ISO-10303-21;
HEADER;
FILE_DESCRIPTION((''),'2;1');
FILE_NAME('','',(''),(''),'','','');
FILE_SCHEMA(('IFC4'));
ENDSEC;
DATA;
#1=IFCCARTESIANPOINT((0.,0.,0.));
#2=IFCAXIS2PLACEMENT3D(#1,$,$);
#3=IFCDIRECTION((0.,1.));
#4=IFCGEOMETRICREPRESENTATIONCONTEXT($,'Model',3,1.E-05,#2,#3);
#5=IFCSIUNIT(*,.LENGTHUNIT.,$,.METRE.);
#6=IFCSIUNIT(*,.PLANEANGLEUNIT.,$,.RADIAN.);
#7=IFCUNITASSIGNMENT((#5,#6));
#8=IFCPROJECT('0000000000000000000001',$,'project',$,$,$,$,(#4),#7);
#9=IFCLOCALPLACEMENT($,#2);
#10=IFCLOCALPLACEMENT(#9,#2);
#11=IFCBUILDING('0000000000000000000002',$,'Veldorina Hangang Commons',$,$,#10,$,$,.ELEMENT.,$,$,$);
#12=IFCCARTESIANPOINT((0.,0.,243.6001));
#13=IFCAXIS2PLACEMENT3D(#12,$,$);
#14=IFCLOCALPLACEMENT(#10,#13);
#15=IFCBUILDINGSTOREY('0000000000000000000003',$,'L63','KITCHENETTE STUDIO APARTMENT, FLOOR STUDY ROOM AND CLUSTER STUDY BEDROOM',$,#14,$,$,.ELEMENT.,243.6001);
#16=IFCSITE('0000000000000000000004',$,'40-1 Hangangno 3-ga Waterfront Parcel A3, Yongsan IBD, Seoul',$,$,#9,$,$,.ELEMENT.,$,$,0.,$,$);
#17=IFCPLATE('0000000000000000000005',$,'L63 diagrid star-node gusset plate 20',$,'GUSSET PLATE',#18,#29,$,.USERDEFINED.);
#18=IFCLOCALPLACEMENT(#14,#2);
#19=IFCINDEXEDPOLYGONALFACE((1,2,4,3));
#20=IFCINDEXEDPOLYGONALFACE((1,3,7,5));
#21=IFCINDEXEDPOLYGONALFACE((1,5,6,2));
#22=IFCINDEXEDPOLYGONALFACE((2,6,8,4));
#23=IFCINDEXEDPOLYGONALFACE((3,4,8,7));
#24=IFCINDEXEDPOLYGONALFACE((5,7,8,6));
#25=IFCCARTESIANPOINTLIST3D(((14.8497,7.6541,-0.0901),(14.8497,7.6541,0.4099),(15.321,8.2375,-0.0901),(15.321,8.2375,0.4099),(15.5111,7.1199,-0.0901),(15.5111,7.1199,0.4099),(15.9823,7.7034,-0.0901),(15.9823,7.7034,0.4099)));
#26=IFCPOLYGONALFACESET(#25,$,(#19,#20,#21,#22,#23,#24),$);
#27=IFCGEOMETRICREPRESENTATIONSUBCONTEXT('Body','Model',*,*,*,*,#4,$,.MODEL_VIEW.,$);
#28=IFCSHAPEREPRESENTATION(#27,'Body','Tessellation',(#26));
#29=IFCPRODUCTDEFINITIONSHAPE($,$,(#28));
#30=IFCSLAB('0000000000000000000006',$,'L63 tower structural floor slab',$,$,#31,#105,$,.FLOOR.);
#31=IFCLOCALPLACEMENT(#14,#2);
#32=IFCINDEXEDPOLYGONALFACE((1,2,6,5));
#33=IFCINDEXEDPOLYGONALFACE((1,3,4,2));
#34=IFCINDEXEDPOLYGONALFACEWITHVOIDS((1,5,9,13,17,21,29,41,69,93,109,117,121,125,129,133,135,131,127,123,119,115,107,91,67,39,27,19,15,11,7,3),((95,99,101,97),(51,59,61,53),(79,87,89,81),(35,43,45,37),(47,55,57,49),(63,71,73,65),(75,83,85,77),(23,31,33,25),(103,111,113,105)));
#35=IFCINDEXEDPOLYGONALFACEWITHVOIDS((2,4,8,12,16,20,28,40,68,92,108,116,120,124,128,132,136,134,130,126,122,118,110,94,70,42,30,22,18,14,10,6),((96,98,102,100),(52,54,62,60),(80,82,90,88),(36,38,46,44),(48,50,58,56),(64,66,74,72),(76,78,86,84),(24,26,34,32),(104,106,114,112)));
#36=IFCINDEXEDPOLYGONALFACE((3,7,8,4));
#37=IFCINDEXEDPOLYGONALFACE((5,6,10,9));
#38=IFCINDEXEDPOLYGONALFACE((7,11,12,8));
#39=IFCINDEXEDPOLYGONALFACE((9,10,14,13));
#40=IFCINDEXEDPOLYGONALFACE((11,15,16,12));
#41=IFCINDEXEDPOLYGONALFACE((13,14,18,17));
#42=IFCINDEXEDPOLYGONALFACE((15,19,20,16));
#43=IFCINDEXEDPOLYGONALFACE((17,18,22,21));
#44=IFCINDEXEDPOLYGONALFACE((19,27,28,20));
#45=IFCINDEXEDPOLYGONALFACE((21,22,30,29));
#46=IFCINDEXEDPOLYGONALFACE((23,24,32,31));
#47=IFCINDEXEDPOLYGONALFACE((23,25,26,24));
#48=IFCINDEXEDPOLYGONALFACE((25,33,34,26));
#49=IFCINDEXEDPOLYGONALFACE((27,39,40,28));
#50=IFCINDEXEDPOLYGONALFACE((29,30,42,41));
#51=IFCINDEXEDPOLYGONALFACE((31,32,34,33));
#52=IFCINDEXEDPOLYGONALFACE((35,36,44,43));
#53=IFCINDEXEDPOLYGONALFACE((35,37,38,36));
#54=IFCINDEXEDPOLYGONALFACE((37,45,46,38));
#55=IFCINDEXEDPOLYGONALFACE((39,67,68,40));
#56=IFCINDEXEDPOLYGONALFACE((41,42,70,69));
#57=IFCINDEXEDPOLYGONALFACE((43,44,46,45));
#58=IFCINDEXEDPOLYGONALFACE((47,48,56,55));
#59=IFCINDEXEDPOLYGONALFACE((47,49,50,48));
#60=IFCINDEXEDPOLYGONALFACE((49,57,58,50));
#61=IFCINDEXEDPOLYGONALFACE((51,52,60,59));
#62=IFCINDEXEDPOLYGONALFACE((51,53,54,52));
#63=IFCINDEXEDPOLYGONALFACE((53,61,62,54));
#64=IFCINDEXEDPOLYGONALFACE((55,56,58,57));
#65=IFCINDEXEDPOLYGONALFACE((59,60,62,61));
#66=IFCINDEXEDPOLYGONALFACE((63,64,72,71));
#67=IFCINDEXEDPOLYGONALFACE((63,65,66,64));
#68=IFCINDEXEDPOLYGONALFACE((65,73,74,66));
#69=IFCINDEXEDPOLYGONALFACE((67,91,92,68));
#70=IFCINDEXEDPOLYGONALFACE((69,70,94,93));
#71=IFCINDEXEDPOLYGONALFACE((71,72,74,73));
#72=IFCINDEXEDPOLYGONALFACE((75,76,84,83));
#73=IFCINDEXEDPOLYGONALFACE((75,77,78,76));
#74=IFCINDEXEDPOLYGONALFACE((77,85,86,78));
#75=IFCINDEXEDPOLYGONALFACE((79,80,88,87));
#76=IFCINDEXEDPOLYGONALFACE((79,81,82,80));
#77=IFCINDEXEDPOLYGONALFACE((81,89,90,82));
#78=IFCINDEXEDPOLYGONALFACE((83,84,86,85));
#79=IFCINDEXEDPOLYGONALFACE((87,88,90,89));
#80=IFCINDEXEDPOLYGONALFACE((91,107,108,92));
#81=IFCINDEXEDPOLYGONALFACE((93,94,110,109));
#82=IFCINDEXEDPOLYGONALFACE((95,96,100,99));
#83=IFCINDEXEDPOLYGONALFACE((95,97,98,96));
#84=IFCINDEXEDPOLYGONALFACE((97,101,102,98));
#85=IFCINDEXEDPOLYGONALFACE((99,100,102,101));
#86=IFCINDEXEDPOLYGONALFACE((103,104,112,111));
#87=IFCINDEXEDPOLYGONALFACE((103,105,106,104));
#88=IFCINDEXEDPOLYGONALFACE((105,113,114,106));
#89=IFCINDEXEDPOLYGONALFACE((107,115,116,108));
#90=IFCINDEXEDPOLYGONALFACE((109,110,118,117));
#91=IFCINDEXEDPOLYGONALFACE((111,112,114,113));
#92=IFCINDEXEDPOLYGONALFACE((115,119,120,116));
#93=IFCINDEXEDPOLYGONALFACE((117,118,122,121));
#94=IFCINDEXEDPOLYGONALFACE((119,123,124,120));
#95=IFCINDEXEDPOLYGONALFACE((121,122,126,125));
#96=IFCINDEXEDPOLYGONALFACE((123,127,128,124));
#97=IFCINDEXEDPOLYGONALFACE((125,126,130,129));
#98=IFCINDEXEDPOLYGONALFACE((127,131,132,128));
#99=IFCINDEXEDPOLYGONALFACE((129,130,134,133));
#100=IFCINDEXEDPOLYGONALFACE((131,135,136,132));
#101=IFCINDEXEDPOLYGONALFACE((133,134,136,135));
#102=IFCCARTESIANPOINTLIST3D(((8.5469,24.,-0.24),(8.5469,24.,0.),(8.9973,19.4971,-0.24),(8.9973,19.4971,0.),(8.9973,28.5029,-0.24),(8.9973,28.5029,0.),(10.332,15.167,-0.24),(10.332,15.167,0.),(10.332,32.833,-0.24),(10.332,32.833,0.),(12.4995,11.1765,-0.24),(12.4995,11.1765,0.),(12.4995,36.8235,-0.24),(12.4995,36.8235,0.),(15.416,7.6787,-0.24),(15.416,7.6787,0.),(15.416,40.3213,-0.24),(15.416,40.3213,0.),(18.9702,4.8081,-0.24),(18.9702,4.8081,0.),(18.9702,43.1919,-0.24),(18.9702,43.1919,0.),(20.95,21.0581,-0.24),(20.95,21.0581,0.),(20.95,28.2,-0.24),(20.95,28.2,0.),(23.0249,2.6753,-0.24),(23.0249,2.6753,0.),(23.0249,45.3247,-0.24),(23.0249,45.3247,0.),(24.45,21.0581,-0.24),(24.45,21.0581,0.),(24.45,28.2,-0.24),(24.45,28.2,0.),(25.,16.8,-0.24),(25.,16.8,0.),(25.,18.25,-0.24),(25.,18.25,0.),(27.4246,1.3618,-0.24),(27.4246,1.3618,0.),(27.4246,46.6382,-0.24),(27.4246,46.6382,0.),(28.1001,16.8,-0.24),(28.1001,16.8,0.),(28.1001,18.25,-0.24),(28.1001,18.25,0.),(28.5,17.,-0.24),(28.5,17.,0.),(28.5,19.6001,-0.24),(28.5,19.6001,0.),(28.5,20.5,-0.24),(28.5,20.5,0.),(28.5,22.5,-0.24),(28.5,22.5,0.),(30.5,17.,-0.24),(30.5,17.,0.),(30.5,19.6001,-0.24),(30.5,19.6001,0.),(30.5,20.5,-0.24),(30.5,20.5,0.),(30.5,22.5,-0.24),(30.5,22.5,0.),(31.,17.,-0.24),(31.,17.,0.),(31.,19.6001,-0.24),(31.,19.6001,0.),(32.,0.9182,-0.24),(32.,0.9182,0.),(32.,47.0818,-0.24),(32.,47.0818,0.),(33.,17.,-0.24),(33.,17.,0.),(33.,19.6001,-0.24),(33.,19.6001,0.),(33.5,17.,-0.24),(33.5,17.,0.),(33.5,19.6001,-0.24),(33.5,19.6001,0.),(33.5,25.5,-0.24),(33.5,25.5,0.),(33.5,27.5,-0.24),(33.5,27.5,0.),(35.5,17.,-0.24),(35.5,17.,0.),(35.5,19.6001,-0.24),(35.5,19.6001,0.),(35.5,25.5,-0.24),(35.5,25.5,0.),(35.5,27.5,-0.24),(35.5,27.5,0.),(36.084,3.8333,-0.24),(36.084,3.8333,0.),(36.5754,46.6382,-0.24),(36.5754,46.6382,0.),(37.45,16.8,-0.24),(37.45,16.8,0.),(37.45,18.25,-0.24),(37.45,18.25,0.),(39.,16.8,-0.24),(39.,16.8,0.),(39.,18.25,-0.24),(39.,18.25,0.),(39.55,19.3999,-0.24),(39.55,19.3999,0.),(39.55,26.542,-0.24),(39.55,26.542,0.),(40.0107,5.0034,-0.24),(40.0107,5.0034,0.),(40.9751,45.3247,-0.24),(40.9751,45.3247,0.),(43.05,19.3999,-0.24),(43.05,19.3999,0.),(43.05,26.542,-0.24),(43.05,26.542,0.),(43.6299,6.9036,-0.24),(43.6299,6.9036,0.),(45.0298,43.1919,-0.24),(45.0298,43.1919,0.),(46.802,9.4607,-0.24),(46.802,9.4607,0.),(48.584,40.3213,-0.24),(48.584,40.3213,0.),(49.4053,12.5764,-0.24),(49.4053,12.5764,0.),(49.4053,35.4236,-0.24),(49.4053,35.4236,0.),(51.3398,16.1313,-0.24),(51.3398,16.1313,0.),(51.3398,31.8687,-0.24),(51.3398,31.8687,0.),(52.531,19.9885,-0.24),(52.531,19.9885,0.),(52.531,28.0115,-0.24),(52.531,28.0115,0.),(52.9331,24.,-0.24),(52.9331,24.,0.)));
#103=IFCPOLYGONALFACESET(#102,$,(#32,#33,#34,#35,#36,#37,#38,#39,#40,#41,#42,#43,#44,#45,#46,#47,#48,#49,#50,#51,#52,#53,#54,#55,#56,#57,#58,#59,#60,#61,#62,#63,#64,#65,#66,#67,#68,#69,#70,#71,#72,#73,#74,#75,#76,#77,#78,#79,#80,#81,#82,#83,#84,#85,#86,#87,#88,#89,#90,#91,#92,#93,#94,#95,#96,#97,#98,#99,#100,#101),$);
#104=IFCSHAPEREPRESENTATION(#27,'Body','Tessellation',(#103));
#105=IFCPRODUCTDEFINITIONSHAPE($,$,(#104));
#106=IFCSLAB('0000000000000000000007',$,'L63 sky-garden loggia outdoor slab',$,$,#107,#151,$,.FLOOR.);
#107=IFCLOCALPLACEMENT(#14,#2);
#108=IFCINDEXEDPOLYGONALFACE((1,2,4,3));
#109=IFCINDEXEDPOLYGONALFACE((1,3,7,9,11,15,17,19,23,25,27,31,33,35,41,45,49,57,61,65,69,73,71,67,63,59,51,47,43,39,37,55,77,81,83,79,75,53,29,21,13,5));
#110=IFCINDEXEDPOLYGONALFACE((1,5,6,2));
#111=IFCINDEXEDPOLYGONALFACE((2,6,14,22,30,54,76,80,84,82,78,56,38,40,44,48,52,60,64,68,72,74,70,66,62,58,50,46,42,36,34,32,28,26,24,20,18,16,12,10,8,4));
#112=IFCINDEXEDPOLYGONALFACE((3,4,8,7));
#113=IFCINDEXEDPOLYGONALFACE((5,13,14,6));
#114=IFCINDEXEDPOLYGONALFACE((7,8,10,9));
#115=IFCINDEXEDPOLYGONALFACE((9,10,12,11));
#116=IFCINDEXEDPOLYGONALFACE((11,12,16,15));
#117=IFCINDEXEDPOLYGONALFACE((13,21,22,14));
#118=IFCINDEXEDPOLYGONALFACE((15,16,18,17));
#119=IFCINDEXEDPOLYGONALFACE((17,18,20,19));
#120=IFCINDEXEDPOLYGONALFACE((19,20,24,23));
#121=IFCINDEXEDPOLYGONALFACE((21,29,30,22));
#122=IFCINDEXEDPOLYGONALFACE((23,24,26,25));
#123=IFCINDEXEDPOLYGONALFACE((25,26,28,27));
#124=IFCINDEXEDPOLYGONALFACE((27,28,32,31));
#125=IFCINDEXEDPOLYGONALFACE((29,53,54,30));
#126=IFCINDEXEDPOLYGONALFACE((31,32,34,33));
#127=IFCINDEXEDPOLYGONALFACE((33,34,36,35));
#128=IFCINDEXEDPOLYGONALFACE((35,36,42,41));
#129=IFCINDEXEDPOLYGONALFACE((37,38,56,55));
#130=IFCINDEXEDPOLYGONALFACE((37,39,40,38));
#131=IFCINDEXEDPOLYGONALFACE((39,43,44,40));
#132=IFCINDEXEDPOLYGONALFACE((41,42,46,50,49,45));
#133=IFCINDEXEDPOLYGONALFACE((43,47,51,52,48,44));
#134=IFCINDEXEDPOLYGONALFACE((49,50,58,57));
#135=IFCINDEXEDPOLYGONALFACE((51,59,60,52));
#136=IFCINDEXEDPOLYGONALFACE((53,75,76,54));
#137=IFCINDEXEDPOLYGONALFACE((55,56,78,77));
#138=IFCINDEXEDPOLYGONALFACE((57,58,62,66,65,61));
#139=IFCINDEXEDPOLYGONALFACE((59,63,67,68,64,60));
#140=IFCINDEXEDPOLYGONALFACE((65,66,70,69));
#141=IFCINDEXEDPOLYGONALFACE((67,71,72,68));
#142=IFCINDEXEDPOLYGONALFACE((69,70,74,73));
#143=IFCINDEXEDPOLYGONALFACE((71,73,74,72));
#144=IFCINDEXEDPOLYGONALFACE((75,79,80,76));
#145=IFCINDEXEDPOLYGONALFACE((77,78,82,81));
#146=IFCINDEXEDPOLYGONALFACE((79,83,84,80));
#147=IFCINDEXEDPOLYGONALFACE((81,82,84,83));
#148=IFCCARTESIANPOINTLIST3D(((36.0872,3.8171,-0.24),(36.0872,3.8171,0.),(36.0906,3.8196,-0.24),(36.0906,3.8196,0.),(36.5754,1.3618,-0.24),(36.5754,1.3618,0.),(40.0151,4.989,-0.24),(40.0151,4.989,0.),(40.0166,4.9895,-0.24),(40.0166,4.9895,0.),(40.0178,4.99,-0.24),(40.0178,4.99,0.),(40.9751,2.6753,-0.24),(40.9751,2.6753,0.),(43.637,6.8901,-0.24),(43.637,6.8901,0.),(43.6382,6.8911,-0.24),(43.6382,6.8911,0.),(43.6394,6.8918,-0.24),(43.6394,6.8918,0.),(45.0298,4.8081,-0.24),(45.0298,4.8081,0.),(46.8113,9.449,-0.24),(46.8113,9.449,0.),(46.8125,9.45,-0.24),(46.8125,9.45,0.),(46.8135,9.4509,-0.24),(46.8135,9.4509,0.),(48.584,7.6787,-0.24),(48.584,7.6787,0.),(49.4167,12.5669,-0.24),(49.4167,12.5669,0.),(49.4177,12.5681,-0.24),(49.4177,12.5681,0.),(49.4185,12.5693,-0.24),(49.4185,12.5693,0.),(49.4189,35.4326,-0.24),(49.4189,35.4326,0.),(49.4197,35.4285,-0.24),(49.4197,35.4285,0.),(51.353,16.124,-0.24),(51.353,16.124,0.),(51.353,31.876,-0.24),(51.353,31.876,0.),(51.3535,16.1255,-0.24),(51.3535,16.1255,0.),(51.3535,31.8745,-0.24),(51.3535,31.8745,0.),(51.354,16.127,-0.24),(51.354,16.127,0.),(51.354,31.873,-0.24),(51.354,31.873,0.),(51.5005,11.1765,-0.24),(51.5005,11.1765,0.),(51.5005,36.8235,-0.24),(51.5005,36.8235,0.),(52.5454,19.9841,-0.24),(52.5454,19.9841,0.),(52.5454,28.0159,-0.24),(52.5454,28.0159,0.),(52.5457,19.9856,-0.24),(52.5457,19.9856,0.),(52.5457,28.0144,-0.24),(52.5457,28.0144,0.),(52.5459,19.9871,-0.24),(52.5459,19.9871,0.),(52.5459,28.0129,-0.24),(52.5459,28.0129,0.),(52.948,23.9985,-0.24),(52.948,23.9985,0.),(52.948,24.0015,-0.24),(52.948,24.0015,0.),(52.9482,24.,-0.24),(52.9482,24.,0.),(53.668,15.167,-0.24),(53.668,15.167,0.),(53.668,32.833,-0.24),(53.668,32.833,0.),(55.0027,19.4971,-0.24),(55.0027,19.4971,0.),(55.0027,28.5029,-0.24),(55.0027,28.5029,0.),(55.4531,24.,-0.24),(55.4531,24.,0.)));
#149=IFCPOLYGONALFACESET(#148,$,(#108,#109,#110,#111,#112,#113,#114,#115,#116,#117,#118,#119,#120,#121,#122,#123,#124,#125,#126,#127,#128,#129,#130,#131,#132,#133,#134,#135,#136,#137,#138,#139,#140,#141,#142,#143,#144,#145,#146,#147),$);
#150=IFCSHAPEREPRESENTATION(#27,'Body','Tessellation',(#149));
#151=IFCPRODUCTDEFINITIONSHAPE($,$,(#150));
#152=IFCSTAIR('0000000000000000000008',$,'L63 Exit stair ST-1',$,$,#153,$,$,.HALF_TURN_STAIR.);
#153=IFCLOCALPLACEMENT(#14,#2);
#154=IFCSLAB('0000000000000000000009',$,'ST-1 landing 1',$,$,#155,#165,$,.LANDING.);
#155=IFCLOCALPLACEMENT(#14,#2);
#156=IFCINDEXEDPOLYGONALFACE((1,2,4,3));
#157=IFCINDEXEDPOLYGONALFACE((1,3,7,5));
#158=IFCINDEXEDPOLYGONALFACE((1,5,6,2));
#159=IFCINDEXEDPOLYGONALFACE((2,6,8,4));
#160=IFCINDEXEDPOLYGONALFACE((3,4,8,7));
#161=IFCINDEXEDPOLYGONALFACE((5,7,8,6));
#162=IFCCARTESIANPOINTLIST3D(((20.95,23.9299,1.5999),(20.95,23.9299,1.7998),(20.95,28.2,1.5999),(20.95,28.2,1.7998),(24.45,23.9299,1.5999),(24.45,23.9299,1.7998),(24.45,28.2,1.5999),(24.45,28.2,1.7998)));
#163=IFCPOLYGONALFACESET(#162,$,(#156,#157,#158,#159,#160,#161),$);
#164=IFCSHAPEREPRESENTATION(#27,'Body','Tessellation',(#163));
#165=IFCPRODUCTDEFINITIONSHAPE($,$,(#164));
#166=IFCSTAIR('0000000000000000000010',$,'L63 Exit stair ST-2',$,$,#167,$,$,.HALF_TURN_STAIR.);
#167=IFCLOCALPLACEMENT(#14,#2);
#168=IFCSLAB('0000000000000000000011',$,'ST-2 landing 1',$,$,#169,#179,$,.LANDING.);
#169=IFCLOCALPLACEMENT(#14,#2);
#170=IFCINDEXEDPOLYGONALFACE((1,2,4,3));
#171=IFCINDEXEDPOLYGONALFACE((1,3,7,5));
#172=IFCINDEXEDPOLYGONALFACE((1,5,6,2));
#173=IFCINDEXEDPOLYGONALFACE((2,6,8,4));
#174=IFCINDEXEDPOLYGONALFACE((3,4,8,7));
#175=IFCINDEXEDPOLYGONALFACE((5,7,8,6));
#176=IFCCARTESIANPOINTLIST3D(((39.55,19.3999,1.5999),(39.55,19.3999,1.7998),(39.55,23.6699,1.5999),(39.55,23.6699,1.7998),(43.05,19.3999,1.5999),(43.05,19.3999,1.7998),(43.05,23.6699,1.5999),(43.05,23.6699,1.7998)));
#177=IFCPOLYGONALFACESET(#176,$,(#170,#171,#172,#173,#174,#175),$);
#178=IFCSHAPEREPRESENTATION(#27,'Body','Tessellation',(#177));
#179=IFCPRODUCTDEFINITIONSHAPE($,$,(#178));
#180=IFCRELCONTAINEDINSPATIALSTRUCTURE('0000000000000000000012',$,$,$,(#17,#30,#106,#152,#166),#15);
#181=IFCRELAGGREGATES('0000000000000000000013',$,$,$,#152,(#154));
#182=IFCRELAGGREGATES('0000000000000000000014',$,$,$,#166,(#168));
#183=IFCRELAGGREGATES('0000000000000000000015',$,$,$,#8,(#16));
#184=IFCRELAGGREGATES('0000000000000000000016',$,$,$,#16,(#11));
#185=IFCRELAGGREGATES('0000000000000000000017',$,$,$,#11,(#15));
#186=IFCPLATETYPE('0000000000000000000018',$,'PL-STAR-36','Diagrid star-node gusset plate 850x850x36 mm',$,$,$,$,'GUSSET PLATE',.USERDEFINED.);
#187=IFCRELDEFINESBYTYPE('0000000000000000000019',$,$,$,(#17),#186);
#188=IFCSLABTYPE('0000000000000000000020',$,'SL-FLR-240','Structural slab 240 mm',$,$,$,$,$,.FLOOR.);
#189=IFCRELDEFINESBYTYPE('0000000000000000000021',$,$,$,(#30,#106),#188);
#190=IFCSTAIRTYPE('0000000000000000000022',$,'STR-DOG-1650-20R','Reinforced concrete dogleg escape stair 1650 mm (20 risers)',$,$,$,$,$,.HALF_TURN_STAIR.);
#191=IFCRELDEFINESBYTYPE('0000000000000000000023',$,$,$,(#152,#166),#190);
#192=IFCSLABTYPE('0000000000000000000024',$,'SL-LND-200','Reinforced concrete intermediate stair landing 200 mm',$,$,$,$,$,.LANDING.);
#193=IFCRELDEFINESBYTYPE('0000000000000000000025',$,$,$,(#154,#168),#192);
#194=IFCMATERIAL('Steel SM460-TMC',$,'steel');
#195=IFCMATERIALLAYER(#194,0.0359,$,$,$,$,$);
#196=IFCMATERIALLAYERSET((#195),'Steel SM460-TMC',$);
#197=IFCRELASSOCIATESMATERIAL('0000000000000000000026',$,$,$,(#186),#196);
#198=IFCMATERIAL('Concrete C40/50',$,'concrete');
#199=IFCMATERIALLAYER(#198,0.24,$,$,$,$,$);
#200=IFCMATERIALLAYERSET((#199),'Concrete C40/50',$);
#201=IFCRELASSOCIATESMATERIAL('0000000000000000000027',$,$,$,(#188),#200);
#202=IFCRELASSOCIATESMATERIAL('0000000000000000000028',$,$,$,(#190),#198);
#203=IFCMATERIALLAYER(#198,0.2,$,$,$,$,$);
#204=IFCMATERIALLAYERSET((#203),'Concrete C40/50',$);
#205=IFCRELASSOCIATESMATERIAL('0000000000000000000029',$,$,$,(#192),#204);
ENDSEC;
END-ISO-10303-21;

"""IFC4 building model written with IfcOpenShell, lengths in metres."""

from ifc_helpers import new_model, si_unit, direction, frame, origin, origin_2d, place, context, subcontext, project, spatial, polyline, rectangle, outline, extrude, material, layer, layer_set, type_object, element, aggregate, save


model = new_model("IFC4")

# Units and contexts
model_context = context("Model", 3, precision=1e-05, world=origin(), true_north=direction((0.0, 1.0)))
body_context = subcontext(model_context, "Body", "Model", "MODEL_VIEW")
ifc_project = project(units=[si_unit("LENGTHUNIT", "METRE"), si_unit("PLANEANGLEUNIT", "RADIAN")], contexts=[model_context])

# Site, building, storey
site_placement = place(None, origin())
site = spatial("IfcSite", under=ifc_project, at=site_placement, Name="40-1 Hangangno 3-ga Waterfront Parcel A3, Yongsan IBD, Seoul", CompositionType="ELEMENT", RefElevation=0.0)
building_placement = place(site_placement, origin())
building = spatial("IfcBuilding", under=site, at=building_placement, Name="Veldorina Hangang Commons", CompositionType="ELEMENT")
storey_placement = place(building_placement, frame((0.0, 0.0, 243.6001)))
storey = spatial("IfcBuildingStorey", under=building, at=storey_placement, Name="L63", Description="KITCHENETTE STUDIO APARTMENT, FLOOR STUDY ROOM AND CLUSTER STUDY BEDROOM", CompositionType="ELEMENT", Elevation=243.6001)

# Plate
ifc_material_1 = material(Name="Steel SM460-TMC", Category="steel")
ifc_layer_1 = layer(ifc_material_1, 0.0359)
ifc_layer_set_1 = layer_set([ifc_layer_1], Name="Steel SM460-TMC")
plate_type = type_object("IfcPlateType", Name="PL-STAR-36", Description="Diagrid star-node gusset plate 850x850x36 mm", ElementType="GUSSET PLATE", PredefinedType="USERDEFINED", material=ifc_layer_set_1)
plate_1_placement = place(storey_placement, frame((15.416, 7.6787, -0.0901), z_axis=(0.0, 0.0, 1.0), x_axis=(0.777947, -0.62833, 0.0)))
element("IfcPlate", 1, at=plate_1_placement, inside=storey, type_object=plate_type, Name="L63 diagrid star-node gusset plate 20", ObjectType="GUSSET PLATE", PredefinedType="USERDEFINED", context=body_context, shape_type="SweptSolid", body=[
    extrude(rectangle(XDim=0.8501, YDim=0.75, at=origin_2d()), origin(), (0.0, 0.0, 1.0), 0.5),
])

# Slabs
ifc_material_2 = material(Name="Concrete C40/50", Category="concrete")
ifc_layer_2 = layer(ifc_material_2, 0.24)
ifc_layer_set_2 = layer_set([ifc_layer_2], Name="Concrete C40/50")
slab_type_1 = type_object("IfcSlabType", Name="SL-FLR-240", Description="Structural slab 240 mm", PredefinedType="FLOOR", material=ifc_layer_set_2)
slab_1_placement = place(storey_placement, frame((0.0, 0.0, -0.24)))
element("IfcSlab", 2, at=slab_1_placement, inside=storey, type_object=slab_type_1, Name="L63 tower structural floor slab", PredefinedType="FLOOR", context=body_context, shape_type="SweptSolid", body=[
    extrude(outline(polyline([(52.9331, 24.0), (52.531, 28.0115), (51.3398, 31.8687), (49.4053, 35.4236), (48.584, 40.3213), (45.0298, 43.1919), (40.9751, 45.3247), (36.5754, 46.6382), (32.0, 47.0818), (27.4246, 46.6382), (23.0249, 45.3247), (18.9702, 43.1919), (15.416, 40.3213), (12.4995, 36.8235), (10.332, 32.833), (8.9973, 28.5029), (8.5469, 24.0), (8.9973, 19.4971), (10.332, 15.167), (12.4995, 11.1765), (15.416, 7.6787), (18.9702, 4.8081), (23.0249, 2.6753), (27.4246, 1.3618), (32.0, 0.9182), (36.084, 3.8333), (40.0107, 5.0034), (43.6299, 6.9036), (46.802, 9.4607), (49.4053, 12.5764), (51.3398, 16.1313), (52.531, 19.9885), (52.9331, 24.0)]), holes=[polyline([(20.95, 21.0581), (20.95, 28.2), (24.45, 28.2), (24.45, 21.0581), (20.95, 21.0581)]), polyline([(43.05, 26.542), (43.05, 19.3999), (39.55, 19.3999), (39.55, 26.542), (43.05, 26.542)]), polyline([(33.5, 27.5), (35.5, 27.5), (35.5, 25.5), (33.5, 25.5), (33.5, 27.5)]), polyline([(28.5, 22.5), (30.5, 22.5), (30.5, 20.5), (28.5, 20.5), (28.5, 22.5)]), polyline([(28.5, 19.6001), (30.5, 19.6001), (30.5, 17.0), (28.5, 17.0), (28.5, 19.6001)]), polyline([(31.0, 19.6001), (33.0, 19.6001), (33.0, 17.0), (31.0, 17.0), (31.0, 19.6001)]), polyline([(33.5, 19.6001), (35.5, 19.6001), (35.5, 17.0), (33.5, 17.0), (33.5, 19.6001)]), polyline([(25.0, 18.25), (28.1001, 18.25), (28.1001, 16.8), (25.0, 16.8), (25.0, 18.25)]), polyline([(37.45, 18.25), (39.0, 18.25), (39.0, 16.8), (37.45, 16.8), (37.45, 18.25)])]), origin(), (0.0, 0.0, 1.0), 0.24),
])
slab_2_placement = place(storey_placement, frame((0.0, 0.0, -0.24)))
element("IfcSlab", 3, at=slab_2_placement, inside=storey, type_object=slab_type_1, Name="L63 sky-garden loggia outdoor slab", PredefinedType="FLOOR", context=body_context, shape_type="SweptSolid", body=[
    extrude(outline(polyline([(51.5005, 36.8235), (53.668, 32.833), (55.0027, 28.5029), (55.4531, 24.0), (55.0027, 19.4971), (53.668, 15.167), (51.5005, 11.1765), (48.584, 7.6787), (45.0298, 4.8081), (40.9751, 2.6753), (36.5754, 1.3618), (36.0872, 3.8171), (36.0906, 3.8196), (40.0151, 4.989), (40.0166, 4.9895), (40.0178, 4.99), (43.637, 6.8901), (43.6382, 6.8911), (43.6394, 6.8918), (46.8113, 9.449), (46.8125, 9.45), (46.8135, 9.4509), (49.4167, 12.5669), (49.4177, 12.5681), (49.4185, 12.5693), (51.353, 16.124), (51.3535, 16.1255), (51.354, 16.127), (52.5454, 19.9841), (52.5457, 19.9856), (52.5459, 19.9871), (52.948, 23.9985), (52.9482, 24.0), (52.948, 24.0015), (52.5459, 28.0129), (52.5457, 28.0144), (52.5454, 28.0159), (51.354, 31.873), (51.3535, 31.8745), (51.353, 31.876), (49.4197, 35.4285), (49.4189, 35.4326), (51.5005, 36.8235)])), origin(), (0.0, 0.0, 1.0), 0.24),
])

# Stairs, slabs
stair_type = type_object("IfcStairType", Name="STR-DOG-1650-20R", Description="Reinforced concrete dogleg escape stair 1650 mm (20 risers)", PredefinedType="HALF_TURN_STAIR", material=ifc_material_2)
stair_1_placement = place(storey_placement, origin())
stair_1 = element("IfcStair", 4, at=stair_1_placement, inside=storey, type_object=stair_type, Name="L63 Exit stair ST-1", PredefinedType="HALF_TURN_STAIR")
ifc_layer_3 = layer(ifc_material_2, 0.2)
ifc_layer_set_3 = layer_set([ifc_layer_3], Name="Concrete C40/50")
slab_type_2 = type_object("IfcSlabType", Name="SL-LND-200", Description="Reinforced concrete intermediate stair landing 200 mm", PredefinedType="LANDING", material=ifc_layer_set_3)
slab_3_placement = place(storey_placement, frame((0.0, 0.0, 1.5999)))
slab_3 = element("IfcSlab", 5, at=slab_3_placement, type_object=slab_type_2, Name="ST-1 landing 1", PredefinedType="LANDING", context=body_context, shape_type="SweptSolid", body=[
    extrude(outline(polyline([(24.45, 23.9299), (24.45, 28.2), (20.95, 28.2), (20.95, 23.9299), (24.45, 23.9299)])), origin(), (0.0, 0.0, 1.0), 0.2),
])
aggregate(stair_1, [slab_3])
stair_2_placement = place(storey_placement, origin())
stair_2 = element("IfcStair", 6, at=stair_2_placement, inside=storey, type_object=stair_type, Name="L63 Exit stair ST-2", PredefinedType="HALF_TURN_STAIR")
slab_4_placement = place(storey_placement, frame((0.0, 0.0, 1.5999)))
slab_4 = element("IfcSlab", 7, at=slab_4_placement, type_object=slab_type_2, Name="ST-2 landing 1", PredefinedType="LANDING", context=body_context, shape_type="SweptSolid", body=[
    extrude(outline(polyline([(39.55, 23.6699), (39.55, 19.3999), (43.05, 19.3999), (43.05, 23.6699), (39.55, 23.6699)])), origin(), (0.0, 0.0, 1.0), 0.2),
])
aggregate(stair_2, [slab_4])

save(model, "model.ifc")
